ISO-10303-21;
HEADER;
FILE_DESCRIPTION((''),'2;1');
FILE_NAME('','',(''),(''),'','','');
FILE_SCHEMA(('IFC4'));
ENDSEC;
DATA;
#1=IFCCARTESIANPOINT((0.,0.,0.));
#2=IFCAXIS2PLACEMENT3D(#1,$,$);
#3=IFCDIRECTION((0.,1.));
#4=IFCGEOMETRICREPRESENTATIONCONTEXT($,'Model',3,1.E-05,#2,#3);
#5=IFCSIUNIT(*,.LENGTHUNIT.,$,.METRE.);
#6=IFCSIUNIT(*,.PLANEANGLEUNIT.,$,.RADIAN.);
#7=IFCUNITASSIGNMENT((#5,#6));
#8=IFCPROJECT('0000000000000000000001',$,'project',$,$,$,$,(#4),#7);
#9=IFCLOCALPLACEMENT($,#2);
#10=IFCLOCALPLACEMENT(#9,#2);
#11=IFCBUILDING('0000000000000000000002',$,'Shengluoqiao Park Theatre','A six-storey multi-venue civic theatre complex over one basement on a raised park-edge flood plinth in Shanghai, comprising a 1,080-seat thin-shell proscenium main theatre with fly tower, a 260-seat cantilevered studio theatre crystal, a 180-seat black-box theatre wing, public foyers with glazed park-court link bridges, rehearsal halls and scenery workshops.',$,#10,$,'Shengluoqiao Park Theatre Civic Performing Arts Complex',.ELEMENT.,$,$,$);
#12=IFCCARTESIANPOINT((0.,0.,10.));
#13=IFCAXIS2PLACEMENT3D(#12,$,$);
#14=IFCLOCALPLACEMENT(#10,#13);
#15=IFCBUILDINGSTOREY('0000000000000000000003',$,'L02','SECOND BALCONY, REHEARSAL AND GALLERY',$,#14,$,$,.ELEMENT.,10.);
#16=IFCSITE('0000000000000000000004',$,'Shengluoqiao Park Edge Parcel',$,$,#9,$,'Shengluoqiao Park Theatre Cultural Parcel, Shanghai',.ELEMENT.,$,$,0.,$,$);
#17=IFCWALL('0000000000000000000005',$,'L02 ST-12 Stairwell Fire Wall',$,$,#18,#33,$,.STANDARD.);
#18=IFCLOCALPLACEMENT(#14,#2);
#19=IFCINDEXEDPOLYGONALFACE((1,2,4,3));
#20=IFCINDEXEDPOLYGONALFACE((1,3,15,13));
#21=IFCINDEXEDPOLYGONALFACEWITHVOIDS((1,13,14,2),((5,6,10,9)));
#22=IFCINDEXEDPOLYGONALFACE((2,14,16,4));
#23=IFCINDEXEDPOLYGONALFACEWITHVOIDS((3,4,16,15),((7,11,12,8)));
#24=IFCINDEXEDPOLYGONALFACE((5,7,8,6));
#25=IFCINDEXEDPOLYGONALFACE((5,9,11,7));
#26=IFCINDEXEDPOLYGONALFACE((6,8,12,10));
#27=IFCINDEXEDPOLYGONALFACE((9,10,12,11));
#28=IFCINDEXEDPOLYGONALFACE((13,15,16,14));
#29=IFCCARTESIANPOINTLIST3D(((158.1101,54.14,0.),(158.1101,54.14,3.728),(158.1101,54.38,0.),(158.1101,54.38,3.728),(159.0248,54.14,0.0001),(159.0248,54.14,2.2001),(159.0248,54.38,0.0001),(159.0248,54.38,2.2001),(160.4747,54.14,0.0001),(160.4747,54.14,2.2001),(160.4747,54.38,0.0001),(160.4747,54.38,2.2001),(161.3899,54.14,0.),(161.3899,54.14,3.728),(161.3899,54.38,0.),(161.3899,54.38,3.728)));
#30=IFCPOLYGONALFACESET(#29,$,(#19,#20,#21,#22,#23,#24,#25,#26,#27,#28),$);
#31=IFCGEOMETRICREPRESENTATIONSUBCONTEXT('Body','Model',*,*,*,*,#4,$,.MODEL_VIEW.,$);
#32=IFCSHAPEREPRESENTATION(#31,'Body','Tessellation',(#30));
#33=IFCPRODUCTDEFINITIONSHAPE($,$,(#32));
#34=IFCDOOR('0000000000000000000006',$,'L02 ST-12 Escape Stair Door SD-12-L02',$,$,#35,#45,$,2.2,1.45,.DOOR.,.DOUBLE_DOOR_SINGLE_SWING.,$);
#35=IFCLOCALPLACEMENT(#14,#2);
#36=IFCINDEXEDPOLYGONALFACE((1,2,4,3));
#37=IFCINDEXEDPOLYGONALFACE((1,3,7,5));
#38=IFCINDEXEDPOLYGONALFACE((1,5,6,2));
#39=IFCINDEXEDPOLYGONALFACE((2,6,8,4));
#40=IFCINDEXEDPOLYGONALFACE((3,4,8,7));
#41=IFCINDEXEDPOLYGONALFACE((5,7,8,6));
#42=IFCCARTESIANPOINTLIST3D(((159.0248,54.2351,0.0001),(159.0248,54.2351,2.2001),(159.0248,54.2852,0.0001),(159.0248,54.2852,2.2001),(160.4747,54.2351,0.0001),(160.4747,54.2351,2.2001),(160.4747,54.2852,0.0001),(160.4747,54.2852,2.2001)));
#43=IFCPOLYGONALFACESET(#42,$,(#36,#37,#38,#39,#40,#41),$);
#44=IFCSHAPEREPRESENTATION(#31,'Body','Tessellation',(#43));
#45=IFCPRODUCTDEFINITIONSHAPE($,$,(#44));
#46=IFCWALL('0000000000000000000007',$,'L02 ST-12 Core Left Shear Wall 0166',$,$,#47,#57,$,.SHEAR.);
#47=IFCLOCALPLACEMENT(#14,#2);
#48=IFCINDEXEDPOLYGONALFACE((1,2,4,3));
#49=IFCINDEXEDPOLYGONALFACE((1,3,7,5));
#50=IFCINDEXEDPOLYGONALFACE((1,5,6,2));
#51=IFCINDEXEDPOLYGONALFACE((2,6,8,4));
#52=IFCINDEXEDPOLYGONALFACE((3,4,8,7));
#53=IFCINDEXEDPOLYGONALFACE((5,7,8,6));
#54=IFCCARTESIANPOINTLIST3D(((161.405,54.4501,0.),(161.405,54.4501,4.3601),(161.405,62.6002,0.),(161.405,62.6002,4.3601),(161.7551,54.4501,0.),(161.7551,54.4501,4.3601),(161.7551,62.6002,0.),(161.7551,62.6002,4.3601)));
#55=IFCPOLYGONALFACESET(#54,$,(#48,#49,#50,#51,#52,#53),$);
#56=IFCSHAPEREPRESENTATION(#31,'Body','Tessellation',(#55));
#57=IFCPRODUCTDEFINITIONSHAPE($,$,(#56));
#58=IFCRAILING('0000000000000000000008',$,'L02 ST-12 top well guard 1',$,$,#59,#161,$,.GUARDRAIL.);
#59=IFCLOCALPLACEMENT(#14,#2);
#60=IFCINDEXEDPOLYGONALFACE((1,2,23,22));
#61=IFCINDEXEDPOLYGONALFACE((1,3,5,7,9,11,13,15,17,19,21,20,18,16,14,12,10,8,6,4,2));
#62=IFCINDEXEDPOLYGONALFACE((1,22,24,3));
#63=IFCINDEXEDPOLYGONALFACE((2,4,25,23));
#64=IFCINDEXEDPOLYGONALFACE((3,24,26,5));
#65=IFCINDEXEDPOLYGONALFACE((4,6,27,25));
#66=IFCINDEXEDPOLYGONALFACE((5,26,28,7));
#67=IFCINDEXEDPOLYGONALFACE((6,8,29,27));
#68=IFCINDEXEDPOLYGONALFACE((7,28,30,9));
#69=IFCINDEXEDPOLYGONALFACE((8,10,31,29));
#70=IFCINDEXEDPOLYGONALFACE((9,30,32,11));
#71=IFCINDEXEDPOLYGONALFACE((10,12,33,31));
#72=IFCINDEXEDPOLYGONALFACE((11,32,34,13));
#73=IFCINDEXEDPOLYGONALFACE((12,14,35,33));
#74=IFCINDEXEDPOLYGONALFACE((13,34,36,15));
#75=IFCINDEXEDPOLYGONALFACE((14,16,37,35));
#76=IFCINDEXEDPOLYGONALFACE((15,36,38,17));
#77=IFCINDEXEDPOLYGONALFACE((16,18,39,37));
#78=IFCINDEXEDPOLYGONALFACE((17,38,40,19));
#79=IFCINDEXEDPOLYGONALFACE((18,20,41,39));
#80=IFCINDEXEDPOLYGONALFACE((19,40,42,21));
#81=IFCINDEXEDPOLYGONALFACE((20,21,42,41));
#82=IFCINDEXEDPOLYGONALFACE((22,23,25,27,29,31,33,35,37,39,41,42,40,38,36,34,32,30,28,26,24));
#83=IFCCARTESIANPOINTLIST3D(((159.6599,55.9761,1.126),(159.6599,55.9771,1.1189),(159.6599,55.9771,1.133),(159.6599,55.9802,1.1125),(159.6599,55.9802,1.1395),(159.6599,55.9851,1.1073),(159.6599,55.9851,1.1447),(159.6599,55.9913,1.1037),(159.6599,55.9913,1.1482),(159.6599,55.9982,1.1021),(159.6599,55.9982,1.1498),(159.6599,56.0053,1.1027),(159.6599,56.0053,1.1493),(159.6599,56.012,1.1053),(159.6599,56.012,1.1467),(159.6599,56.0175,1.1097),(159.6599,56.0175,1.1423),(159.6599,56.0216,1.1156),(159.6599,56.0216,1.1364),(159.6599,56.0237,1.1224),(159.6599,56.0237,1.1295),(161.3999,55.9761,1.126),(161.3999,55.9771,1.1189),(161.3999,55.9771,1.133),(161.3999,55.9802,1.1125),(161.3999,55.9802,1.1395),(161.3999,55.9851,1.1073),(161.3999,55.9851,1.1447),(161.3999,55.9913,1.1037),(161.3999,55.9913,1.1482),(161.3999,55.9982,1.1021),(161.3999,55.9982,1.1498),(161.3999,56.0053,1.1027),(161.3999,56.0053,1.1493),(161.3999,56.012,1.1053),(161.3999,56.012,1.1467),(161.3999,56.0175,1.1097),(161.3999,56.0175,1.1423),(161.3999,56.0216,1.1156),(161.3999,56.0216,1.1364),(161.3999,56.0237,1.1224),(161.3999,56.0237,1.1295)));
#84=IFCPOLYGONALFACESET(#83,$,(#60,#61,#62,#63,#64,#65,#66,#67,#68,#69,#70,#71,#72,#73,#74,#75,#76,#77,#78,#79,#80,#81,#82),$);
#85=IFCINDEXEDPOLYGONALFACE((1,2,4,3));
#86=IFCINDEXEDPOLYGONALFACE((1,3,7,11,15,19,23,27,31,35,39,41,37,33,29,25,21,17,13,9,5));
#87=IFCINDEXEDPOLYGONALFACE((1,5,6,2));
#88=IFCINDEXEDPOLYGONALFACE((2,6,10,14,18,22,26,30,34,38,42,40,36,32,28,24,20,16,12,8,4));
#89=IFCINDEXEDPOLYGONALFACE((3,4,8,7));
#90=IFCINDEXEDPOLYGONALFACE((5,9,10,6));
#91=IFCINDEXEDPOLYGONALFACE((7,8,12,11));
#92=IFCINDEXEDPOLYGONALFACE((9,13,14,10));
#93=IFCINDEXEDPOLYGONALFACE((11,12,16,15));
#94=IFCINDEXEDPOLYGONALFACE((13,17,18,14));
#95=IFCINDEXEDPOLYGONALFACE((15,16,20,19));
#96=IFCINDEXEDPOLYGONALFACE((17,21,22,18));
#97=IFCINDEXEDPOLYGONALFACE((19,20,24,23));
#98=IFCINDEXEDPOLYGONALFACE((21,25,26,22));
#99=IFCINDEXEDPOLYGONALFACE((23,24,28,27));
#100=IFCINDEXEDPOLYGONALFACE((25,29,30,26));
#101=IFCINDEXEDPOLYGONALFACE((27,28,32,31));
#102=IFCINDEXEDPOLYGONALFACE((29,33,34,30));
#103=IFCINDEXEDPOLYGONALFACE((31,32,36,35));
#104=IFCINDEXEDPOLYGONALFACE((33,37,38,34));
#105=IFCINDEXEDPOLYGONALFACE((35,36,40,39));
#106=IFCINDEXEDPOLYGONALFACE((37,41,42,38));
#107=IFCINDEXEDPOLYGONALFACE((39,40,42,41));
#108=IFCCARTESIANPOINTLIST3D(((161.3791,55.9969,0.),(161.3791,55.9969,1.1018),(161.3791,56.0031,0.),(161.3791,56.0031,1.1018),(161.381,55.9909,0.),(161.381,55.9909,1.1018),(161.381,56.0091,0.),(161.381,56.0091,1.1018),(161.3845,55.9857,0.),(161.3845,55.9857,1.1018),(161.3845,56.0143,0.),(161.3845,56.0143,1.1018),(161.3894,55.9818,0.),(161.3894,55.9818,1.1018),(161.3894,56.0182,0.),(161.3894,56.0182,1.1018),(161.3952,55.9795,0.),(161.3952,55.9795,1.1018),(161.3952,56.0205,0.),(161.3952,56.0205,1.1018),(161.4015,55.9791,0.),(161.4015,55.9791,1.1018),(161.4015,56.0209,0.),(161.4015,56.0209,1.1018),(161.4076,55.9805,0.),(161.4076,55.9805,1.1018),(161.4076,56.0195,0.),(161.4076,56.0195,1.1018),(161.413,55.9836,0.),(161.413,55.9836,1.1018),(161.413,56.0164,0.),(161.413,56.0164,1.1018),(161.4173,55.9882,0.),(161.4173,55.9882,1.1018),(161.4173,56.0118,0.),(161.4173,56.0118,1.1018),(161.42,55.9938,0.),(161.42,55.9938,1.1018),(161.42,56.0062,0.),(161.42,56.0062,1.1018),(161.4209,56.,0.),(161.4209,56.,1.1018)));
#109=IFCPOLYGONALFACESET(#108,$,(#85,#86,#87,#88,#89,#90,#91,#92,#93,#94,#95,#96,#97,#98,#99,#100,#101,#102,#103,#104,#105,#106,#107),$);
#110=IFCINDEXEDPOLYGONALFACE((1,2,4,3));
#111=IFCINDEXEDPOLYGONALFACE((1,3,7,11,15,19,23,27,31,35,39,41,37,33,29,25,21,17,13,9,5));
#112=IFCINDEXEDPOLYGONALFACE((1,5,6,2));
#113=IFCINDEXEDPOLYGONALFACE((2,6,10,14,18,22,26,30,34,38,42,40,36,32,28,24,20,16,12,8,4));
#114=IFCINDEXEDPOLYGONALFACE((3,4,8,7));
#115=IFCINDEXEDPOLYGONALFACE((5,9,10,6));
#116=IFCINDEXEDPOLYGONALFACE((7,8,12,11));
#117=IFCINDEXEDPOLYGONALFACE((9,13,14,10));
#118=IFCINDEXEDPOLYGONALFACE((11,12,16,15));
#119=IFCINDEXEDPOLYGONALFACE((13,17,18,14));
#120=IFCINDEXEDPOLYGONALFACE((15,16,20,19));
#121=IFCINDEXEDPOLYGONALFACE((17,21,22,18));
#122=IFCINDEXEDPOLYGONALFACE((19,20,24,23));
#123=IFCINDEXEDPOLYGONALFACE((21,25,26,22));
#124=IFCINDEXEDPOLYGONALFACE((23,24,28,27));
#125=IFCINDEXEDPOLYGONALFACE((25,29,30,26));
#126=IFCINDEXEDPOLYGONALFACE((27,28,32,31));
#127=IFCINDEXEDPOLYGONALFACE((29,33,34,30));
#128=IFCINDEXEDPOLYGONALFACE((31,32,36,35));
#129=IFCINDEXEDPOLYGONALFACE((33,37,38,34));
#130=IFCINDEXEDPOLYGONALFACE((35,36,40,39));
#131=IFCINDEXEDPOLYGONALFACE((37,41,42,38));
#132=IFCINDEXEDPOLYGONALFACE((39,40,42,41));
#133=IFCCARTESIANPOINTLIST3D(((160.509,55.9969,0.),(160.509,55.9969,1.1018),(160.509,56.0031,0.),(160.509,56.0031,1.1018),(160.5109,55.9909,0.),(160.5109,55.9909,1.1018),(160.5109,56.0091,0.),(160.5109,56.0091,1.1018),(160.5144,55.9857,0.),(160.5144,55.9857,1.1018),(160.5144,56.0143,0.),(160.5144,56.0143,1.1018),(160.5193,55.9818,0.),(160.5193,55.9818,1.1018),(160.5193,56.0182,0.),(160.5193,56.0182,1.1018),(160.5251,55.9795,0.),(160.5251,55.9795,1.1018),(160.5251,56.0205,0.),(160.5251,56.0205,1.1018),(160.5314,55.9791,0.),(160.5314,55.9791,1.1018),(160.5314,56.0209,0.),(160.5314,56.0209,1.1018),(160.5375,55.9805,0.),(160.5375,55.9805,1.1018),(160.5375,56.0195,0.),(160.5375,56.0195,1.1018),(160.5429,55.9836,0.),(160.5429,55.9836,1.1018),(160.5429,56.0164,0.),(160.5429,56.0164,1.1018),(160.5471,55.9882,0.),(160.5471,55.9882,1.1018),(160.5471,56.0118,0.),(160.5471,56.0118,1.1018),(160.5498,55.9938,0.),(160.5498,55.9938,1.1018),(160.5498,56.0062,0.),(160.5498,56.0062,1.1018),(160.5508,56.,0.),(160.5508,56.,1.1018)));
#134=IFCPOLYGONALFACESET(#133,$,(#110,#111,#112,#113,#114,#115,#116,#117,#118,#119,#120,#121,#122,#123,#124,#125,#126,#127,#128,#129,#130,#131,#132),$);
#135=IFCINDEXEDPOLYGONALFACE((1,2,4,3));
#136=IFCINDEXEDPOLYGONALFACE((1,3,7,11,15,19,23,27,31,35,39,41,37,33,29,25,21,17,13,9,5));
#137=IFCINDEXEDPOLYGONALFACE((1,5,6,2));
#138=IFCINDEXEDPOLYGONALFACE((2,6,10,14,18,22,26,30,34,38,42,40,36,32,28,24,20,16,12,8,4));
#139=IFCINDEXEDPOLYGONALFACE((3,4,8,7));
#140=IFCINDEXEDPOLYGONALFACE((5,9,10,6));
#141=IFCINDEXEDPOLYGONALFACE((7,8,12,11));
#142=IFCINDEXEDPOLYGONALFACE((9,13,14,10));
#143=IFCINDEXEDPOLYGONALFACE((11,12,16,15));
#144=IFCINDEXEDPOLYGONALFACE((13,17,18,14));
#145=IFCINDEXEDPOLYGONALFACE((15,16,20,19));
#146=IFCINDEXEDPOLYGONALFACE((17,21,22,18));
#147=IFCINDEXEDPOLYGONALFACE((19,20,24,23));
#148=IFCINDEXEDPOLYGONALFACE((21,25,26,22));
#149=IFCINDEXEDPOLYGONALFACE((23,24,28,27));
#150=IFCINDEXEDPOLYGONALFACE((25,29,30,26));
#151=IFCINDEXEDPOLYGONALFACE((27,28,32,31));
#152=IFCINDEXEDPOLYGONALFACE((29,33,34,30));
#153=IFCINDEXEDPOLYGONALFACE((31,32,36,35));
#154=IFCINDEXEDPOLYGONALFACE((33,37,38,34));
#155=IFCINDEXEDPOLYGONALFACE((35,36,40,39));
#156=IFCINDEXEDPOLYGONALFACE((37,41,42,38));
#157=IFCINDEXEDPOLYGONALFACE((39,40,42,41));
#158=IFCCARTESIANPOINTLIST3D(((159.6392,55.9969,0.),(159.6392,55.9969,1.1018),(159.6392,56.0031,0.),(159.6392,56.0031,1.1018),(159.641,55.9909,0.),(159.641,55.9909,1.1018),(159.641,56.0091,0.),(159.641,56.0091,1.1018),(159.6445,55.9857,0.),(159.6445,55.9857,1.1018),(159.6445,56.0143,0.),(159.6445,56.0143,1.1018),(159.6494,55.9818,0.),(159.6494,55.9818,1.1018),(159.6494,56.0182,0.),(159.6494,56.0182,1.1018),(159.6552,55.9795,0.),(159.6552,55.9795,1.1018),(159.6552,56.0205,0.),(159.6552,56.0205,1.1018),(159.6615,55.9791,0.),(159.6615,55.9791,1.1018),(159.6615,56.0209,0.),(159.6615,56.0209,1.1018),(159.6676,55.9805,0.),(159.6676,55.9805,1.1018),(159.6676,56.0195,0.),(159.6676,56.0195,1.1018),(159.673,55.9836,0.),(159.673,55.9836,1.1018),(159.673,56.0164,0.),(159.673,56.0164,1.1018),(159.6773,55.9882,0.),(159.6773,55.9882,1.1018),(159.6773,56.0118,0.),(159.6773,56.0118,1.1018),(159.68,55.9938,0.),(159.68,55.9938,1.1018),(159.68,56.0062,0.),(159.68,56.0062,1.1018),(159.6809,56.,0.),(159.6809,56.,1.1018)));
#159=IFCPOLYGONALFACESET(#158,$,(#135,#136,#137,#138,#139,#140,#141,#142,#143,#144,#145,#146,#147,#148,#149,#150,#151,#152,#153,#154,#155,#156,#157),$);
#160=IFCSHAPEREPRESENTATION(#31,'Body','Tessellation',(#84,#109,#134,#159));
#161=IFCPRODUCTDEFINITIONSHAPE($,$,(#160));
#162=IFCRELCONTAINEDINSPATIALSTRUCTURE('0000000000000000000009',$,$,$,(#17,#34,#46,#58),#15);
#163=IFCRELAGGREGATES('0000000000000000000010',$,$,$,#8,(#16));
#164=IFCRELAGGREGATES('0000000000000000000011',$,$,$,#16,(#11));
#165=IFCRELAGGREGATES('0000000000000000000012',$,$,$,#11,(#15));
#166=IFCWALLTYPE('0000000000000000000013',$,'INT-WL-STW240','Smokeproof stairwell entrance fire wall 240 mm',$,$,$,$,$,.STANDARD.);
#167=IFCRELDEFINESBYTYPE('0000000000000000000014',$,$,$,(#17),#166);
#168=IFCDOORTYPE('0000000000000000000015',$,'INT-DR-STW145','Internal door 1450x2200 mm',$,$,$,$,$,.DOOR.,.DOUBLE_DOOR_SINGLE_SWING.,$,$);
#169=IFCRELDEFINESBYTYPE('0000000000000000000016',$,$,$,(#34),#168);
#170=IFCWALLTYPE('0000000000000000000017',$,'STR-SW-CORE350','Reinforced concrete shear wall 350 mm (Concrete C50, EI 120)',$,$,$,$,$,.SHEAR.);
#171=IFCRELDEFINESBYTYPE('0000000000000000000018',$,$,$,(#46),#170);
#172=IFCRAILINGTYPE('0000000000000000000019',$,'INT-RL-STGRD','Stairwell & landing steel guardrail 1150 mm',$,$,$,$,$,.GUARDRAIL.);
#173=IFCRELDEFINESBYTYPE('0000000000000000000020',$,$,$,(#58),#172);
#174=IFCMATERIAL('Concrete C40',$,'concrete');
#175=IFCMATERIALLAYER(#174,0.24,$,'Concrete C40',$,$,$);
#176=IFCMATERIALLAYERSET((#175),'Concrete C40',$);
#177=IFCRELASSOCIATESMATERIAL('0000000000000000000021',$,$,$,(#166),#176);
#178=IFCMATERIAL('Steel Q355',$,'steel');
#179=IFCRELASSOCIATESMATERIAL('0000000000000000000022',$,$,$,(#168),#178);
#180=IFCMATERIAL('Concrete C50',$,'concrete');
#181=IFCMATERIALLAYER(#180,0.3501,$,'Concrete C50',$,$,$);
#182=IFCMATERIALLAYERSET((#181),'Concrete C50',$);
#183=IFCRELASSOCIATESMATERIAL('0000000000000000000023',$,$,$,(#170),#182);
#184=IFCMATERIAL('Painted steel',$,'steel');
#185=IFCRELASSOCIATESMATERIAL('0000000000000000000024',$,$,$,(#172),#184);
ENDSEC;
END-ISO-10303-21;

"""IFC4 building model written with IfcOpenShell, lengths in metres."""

from ifc_helpers import new_model, si_unit, direction, frame, frame_2d, origin, origin_2d, place, context, subcontext, project, spatial, rectangle, circle, extrude, material, layer, layer_set, type_object, element, fill, save


model = new_model("IFC4")

# Units and contexts
model_context = context("Model", 3, precision=1e-05, world=origin(), true_north=direction((0.0, 1.0)))
body_context = subcontext(model_context, "Body", "Model", "MODEL_VIEW")
ifc_project = project(units=[si_unit("LENGTHUNIT", "METRE"), si_unit("PLANEANGLEUNIT", "RADIAN")], contexts=[model_context])

# Site, building, storey
site_placement = place(None, origin())
site = spatial("IfcSite", under=ifc_project, at=site_placement, Name="Shengluoqiao Park Edge Parcel", LongName="Shengluoqiao Park Theatre Cultural Parcel, Shanghai", CompositionType="ELEMENT", RefElevation=0.0)
building_placement = place(site_placement, origin())
building = spatial("IfcBuilding", under=site, at=building_placement, Name="Shengluoqiao Park Theatre", Description="A six-storey multi-venue civic theatre complex over one basement on a raised park-edge flood plinth in Shanghai, comprising a 1,080-seat thin-shell proscenium main theatre with fly tower, a 260-seat cantilevered studio theatre crystal, a 180-seat black-box theatre wing, public foyers with glazed park-court link bridges, rehearsal halls and scenery workshops.", LongName="Shengluoqiao Park Theatre Civic Performing Arts Complex", CompositionType="ELEMENT")
storey_placement = place(building_placement, frame((0.0, 0.0, 10.0)))
storey = spatial("IfcBuildingStorey", under=building, at=storey_placement, Name="L02", Description="SECOND BALCONY, REHEARSAL AND GALLERY", CompositionType="ELEMENT", Elevation=10.0)

# Wall, opening, door
ifc_material_1 = material(Name="Concrete C40", Category="concrete")
ifc_layer_1 = layer(ifc_material_1, 0.24, Name="Concrete C40")
ifc_layer_set_1 = layer_set([ifc_layer_1], Name="Concrete C40")
wall_type_1 = type_object("IfcWallType", Name="INT-WL-STW240", Description="Smokeproof stairwell entrance fire wall 240 mm", PredefinedType="STANDARD", material=ifc_layer_set_1)
wall_1_placement = place(storey_placement, frame((161.3899, 54.26, 0.0), z_axis=(0.0, 0.0, 1.0), x_axis=(-1.0, 0.0, 0.0)))
wall_1 = element("IfcWall", 1, at=wall_1_placement, inside=storey, type_object=wall_type_1, Name="L02 ST-12 Stairwell Fire Wall", PredefinedType="STANDARD", context=body_context, shape_type="SweptSolid", body=[
    extrude(rectangle(XDim=3.2798, YDim=0.24, at=frame_2d((1.6399, 0.0))), origin(), (0.0, 0.0, 1.0), 3.728),
])
opening_placement = place(wall_1_placement, frame((0.915, 0.0, 0.0)))
opening = element("IfcOpeningElement", 2, at=opening_placement, cuts=wall_1, PredefinedType="OPENING", context=body_context, shape_type="SweptSolid", body=[
    extrude(rectangle(XDim=1.45, YDim=2.2, at=frame_2d((0.7251, 1.1001))), frame((0.0, 0.1299, 0.0), z_axis=(0.0, -1.0, 0.0), x_axis=(1.0, 0.0, 0.0)), (0.0, 0.0, 1.0), 0.26),
])
ifc_material_2 = material(Name="Steel Q355", Category="steel")
door_type = type_object("IfcDoorType", Name="INT-DR-STW145", Description="Internal door 1450x2200 mm", OperationType="DOUBLE_DOOR_SINGLE_SWING", PredefinedType="DOOR", material=ifc_material_2)
door_placement = place(opening_placement, origin())
door = element("IfcDoor", 3, at=door_placement, inside=storey, type_object=door_type, Name="L02 ST-12 Escape Stair Door SD-12-L02", OperationType="DOUBLE_DOOR_SINGLE_SWING", OverallHeight=2.2, OverallWidth=1.45, PredefinedType="DOOR", context=body_context, shape_type="SweptSolid", body=[
    extrude(rectangle(XDim=1.45, YDim=2.2, at=frame_2d((0.7251, 1.1001))), frame((0.0, 0.0249, 0.0), z_axis=(0.0, -1.0, 0.0), x_axis=(1.0, 0.0, 0.0)), (0.0, 0.0, 1.0), 0.05),
])
fill(opening, door)

# Wall
ifc_material_3 = material(Name="Concrete C50", Category="concrete")
ifc_layer_2 = layer(ifc_material_3, 0.3501, Name="Concrete C50")
ifc_layer_set_2 = layer_set([ifc_layer_2], Name="Concrete C50")
wall_type_2 = type_object("IfcWallType", Name="STR-SW-CORE350", Description="Reinforced concrete shear wall 350 mm (Concrete C50, EI 120)", PredefinedType="SHEAR", material=ifc_layer_set_2)
wall_2_placement = place(storey_placement, frame((161.5801, 54.45, 0.0), z_axis=(0.0, 0.0, 1.0), x_axis=(0.0, 1.0, 0.0)))
element("IfcWall", 4, at=wall_2_placement, inside=storey, type_object=wall_type_2, Name="L02 ST-12 Core Left Shear Wall 0166", PredefinedType="SHEAR", context=body_context, shape_type="SweptSolid", body=[
    extrude(rectangle(XDim=8.1501, YDim=0.3501, at=frame_2d((4.0752, 0.0))), origin(), (0.0, 0.0, 1.0), 4.3601),
])

# Railing
ifc_material_4 = material(Name="Painted steel", Category="steel")
railing_type = type_object("IfcRailingType", Name="INT-RL-STGRD", Description="Stairwell & landing steel guardrail 1150 mm", PredefinedType="GUARDRAIL", material=ifc_material_4)
railing_placement = place(storey_placement, frame((161.3999, 56.0, 0.0)))
element("IfcRailing", 5, at=railing_placement, inside=storey, type_object=railing_type, Name="L02 ST-12 top well guard 1", PredefinedType="GUARDRAIL", context=body_context, shape_type="SweptSolid", body=[
    extrude(circle(Radius=0.0239, at=origin_2d()), frame((0.0, 0.0, 1.126), z_axis=(-1.0, 0.0, 0.0), x_axis=(0.0, -1.0, 0.0)), (0.0, 0.0, 1.0), 1.74),
    extrude(circle(Radius=0.021, at=origin_2d()), origin(), (0.0, 0.0, 1.0), 1.1018),
    extrude(circle(Radius=0.021, at=origin_2d()), frame((-0.8701, 0.0, 0.0)), (0.0, 0.0, 1.0), 1.1018),
    extrude(circle(Radius=0.021, at=origin_2d()), frame((-1.74, 0.0, 0.0)), (0.0, 0.0, 1.0), 1.1018),
])

save(model, "model.ifc")
